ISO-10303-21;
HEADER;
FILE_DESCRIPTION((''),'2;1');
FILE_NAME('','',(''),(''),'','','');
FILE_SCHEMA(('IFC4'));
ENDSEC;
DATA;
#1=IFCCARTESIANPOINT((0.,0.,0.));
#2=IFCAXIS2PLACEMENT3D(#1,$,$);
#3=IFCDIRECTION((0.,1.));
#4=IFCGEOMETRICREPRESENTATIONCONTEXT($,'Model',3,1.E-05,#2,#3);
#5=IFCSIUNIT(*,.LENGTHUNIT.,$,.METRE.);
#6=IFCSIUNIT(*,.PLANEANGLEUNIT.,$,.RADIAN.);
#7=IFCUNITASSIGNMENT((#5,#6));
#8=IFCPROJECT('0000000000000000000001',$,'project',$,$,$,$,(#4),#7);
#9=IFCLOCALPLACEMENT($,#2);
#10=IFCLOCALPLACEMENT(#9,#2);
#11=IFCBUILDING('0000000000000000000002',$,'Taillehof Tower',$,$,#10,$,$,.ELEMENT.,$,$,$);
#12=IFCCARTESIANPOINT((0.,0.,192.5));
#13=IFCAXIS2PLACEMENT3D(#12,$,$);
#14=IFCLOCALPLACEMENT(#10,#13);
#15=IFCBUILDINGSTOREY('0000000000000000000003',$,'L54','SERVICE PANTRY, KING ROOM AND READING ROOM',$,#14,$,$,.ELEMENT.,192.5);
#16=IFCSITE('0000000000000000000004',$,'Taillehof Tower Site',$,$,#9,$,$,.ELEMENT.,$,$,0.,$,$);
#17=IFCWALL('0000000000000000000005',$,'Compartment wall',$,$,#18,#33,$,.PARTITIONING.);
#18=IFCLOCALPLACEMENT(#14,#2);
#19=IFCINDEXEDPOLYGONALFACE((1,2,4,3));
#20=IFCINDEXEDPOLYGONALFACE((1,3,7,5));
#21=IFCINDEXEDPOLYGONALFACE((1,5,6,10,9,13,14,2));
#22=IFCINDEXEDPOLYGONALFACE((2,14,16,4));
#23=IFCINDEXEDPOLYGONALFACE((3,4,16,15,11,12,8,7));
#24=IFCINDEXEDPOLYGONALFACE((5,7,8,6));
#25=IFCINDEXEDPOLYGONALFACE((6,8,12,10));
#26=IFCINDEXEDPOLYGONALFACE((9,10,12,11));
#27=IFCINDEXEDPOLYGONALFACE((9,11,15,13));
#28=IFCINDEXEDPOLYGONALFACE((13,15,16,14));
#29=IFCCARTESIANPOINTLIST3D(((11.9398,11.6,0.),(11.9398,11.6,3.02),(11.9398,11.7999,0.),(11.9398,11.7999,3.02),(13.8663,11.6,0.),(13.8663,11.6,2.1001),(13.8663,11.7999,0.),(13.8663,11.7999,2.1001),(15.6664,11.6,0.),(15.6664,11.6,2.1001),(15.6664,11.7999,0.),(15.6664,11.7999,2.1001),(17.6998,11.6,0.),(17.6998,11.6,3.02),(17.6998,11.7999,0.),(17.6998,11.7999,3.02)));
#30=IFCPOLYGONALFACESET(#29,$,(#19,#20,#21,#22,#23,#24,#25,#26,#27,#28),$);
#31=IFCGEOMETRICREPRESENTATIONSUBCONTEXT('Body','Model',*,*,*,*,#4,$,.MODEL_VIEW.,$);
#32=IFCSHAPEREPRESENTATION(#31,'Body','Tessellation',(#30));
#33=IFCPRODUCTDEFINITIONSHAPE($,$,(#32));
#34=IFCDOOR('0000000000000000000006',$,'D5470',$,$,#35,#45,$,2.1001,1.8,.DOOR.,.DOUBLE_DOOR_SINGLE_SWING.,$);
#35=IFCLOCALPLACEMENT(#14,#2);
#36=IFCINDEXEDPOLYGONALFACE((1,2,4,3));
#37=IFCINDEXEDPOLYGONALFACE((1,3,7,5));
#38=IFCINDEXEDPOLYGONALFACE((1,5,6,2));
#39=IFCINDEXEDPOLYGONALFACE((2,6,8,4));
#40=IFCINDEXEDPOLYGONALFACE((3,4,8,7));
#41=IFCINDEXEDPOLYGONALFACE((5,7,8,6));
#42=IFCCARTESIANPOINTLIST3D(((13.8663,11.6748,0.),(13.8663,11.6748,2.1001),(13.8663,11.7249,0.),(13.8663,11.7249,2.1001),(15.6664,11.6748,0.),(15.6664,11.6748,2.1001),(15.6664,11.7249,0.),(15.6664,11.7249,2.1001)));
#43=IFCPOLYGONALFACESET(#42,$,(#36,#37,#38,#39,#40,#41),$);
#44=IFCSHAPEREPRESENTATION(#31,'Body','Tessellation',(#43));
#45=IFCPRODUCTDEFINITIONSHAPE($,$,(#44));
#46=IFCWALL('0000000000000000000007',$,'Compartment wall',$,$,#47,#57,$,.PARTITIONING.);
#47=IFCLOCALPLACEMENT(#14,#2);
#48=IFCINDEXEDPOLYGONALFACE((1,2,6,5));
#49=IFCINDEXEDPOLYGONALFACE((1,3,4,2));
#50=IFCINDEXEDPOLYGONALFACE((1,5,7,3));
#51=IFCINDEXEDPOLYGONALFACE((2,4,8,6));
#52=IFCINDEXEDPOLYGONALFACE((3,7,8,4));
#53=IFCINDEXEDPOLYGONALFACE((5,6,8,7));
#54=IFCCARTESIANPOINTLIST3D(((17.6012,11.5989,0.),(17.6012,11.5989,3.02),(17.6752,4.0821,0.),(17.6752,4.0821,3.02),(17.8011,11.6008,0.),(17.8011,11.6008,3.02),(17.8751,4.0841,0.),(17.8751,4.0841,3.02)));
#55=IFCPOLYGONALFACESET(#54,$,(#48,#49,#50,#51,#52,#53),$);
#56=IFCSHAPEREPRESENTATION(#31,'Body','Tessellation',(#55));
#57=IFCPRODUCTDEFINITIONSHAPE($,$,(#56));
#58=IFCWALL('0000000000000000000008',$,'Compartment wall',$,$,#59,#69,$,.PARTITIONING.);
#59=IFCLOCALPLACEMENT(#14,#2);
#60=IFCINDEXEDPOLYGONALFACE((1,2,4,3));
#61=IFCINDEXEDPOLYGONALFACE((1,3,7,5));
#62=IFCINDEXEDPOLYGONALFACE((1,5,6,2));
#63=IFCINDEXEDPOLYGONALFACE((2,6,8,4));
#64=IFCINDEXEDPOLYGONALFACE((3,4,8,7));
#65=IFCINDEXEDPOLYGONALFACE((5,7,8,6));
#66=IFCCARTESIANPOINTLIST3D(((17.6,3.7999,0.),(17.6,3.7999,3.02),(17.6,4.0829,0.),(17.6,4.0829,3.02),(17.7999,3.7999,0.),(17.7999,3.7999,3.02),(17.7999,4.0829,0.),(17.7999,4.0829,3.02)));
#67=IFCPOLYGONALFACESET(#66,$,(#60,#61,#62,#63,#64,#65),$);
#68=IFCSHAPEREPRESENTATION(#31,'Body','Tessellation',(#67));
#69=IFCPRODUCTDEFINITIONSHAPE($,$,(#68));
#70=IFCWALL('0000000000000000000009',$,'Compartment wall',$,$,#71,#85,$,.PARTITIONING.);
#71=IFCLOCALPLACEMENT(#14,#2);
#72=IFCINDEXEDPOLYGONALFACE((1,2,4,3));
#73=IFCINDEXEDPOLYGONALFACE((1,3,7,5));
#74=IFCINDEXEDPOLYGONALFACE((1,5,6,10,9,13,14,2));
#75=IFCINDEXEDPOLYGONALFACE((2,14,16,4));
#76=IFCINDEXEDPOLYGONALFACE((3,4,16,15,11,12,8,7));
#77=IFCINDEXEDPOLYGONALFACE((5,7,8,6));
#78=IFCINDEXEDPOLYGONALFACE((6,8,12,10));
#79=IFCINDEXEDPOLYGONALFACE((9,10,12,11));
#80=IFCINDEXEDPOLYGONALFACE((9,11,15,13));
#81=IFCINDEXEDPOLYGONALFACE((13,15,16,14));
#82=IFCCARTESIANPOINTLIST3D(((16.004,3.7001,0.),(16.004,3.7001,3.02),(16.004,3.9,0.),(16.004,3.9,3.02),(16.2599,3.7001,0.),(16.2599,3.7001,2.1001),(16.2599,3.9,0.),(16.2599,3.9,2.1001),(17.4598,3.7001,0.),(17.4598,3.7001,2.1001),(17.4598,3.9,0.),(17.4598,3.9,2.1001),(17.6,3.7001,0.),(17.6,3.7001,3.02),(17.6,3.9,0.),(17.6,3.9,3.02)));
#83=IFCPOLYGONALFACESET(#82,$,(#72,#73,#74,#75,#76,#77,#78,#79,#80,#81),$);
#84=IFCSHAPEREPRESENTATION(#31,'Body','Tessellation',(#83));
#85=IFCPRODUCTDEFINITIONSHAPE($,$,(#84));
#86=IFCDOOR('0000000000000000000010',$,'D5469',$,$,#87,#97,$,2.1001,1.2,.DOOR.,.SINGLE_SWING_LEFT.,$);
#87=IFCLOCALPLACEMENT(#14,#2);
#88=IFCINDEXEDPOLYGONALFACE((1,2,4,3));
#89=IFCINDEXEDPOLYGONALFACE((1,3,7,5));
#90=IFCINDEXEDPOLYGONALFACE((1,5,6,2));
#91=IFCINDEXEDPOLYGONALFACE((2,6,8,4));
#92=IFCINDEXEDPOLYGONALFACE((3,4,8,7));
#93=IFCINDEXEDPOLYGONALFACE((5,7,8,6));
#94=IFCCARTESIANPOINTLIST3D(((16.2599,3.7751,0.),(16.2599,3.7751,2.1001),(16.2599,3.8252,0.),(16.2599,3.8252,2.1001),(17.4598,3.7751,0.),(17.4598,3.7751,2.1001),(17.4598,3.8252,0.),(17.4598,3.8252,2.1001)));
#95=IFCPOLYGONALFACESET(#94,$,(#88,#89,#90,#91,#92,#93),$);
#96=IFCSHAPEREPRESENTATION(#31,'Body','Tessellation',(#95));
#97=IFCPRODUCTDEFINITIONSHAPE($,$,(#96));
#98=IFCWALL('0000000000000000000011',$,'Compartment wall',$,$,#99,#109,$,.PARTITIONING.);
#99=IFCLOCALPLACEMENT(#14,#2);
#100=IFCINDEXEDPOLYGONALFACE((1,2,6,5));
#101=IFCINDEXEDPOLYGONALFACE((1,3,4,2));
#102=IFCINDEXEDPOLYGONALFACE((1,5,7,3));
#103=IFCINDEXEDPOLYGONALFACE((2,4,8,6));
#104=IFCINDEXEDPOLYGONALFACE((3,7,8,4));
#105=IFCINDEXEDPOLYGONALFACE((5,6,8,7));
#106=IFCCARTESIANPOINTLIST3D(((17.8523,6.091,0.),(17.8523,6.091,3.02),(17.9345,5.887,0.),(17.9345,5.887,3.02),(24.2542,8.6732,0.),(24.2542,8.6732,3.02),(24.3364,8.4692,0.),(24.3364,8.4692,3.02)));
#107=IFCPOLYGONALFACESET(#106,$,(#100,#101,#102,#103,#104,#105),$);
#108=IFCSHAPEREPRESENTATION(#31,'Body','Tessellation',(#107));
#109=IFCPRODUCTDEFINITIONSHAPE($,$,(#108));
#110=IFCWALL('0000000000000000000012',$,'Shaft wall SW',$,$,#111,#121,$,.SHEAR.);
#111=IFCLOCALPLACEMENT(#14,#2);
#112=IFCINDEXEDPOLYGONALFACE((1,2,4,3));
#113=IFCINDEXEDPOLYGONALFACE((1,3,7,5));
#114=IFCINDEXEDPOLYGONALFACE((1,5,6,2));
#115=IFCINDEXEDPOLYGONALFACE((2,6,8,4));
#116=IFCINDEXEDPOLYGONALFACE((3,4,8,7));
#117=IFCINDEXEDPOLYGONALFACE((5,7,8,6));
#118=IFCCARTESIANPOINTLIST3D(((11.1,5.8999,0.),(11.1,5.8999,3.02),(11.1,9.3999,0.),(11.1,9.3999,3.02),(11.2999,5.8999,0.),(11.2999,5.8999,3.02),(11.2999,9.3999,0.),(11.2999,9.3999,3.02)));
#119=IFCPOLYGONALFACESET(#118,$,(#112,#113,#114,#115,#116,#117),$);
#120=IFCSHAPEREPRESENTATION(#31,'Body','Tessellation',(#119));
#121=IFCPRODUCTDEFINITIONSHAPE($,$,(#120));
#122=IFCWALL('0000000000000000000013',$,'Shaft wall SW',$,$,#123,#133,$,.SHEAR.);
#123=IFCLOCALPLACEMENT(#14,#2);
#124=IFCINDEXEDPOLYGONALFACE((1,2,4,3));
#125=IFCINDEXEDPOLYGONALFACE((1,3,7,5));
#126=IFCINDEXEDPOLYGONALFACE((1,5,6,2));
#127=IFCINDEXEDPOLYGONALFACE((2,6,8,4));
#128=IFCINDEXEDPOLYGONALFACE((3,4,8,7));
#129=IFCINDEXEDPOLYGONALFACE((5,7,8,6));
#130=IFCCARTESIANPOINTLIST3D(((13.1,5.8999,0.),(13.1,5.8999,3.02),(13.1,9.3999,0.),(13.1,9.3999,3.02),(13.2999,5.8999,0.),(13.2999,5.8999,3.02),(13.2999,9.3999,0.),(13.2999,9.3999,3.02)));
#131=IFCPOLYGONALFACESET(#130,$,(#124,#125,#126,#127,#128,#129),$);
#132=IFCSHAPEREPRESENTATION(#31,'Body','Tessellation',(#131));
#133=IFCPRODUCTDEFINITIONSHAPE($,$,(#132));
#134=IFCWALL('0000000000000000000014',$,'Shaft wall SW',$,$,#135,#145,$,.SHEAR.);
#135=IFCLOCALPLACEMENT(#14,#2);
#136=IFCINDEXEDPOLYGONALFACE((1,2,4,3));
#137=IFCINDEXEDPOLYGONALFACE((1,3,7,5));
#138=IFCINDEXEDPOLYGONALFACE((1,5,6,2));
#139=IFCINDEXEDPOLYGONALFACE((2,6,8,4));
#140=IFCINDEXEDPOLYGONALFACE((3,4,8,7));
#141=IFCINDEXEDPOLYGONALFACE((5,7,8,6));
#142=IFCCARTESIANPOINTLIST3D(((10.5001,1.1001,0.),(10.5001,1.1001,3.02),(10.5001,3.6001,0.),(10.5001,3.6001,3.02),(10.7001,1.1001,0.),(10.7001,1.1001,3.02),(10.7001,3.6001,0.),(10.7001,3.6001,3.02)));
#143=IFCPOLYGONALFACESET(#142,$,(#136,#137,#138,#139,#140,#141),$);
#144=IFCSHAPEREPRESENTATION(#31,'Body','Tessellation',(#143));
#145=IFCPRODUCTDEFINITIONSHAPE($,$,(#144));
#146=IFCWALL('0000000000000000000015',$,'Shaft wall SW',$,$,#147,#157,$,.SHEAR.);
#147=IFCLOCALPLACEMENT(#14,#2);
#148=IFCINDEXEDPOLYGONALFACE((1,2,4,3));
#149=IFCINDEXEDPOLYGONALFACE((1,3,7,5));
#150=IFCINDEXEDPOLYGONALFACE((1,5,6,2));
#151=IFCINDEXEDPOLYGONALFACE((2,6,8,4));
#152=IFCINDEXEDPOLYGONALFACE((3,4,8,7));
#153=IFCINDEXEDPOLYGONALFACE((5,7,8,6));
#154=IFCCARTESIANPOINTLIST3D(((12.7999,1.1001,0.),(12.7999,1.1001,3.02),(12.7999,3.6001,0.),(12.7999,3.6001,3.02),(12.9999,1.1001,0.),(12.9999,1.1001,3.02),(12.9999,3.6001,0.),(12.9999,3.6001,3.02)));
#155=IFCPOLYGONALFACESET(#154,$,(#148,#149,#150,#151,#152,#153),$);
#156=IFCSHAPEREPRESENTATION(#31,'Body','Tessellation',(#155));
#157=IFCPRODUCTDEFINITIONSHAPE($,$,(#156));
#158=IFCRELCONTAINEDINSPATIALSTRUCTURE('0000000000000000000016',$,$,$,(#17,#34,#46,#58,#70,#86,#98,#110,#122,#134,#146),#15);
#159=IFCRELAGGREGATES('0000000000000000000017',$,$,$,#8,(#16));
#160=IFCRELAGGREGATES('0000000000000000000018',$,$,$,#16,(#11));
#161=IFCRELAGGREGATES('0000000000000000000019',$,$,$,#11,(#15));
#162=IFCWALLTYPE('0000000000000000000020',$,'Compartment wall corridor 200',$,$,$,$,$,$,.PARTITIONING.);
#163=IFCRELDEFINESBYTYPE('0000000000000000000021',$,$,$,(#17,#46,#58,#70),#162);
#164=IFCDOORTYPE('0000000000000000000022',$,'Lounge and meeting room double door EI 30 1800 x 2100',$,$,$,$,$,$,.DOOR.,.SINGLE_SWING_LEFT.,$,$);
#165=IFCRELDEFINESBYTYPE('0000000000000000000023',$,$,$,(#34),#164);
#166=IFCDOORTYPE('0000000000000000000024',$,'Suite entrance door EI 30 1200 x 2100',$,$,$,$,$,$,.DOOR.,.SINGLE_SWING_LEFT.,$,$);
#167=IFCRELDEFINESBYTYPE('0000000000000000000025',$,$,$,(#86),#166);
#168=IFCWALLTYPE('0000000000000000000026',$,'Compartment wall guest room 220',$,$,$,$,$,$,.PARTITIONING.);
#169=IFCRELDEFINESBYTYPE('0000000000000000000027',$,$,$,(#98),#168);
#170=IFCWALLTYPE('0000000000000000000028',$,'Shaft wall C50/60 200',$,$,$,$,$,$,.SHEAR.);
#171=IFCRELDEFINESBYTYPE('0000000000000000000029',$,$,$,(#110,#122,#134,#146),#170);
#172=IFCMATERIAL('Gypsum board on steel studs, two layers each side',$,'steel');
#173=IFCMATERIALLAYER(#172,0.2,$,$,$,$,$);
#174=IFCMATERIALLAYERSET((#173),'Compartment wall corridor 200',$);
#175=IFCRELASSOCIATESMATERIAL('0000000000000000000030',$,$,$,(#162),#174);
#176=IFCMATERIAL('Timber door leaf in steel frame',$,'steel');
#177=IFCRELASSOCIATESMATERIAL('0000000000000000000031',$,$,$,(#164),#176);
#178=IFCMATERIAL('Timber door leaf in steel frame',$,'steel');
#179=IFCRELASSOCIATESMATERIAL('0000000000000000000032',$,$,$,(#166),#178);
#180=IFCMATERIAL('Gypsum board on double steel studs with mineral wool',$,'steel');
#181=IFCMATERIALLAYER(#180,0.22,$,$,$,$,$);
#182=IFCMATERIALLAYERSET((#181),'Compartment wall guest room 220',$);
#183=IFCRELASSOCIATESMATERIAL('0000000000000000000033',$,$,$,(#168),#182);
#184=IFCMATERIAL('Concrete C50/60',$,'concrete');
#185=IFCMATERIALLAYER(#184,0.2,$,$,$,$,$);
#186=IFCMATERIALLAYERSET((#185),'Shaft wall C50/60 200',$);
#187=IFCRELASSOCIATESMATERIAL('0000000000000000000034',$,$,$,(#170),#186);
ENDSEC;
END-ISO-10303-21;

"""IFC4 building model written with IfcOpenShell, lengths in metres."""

from ifc_helpers import new_model, si_unit, direction, frame, frame_2d, origin, place, context, subcontext, project, spatial, rectangle, extrude, material, layer, layer_set, type_object, element, fill, save


model = new_model("IFC4")

# Units and contexts
model_context = context("Model", 3, precision=1e-05, world=origin(), true_north=direction((0.0, 1.0)))
body_context = subcontext(model_context, "Body", "Model", "MODEL_VIEW")
ifc_project = project(units=[si_unit("LENGTHUNIT", "METRE"), si_unit("PLANEANGLEUNIT", "RADIAN")], contexts=[model_context])

# Site, building, storey
site_placement = place(None, origin())
site = spatial("IfcSite", under=ifc_project, at=site_placement, Name="Taillehof Tower Site", CompositionType="ELEMENT", RefElevation=0.0)
building_placement = place(site_placement, origin())
building = spatial("IfcBuilding", under=site, at=building_placement, Name="Taillehof Tower", CompositionType="ELEMENT")
storey_placement = place(building_placement, frame((0.0, 0.0, 192.5)))
storey = spatial("IfcBuildingStorey", under=building, at=storey_placement, Name="L54", Description="SERVICE PANTRY, KING ROOM AND READING ROOM", CompositionType="ELEMENT", Elevation=192.5)

# Wall, opening, door
ifc_material_1 = material(Name="Gypsum board on steel studs, two layers each side", Category="steel")
ifc_layer_1 = layer(ifc_material_1, 0.2)
ifc_layer_set_1 = layer_set([ifc_layer_1], Name="Compartment wall corridor 200")
wall_type_1 = type_object("IfcWallType", Name="Compartment wall corridor 200", PredefinedType="PARTITIONING", material=ifc_layer_set_1)
wall_1_placement = place(storey_placement, frame((11.9399, 11.7, 0.0), z_axis=(0.0, 0.0, 1.0), x_axis=(1.0, 0.0, 0.0)))
wall_1 = element("IfcWall", 1, at=wall_1_placement, inside=storey, type_object=wall_type_1, Name="Compartment wall", PredefinedType="PARTITIONING", context=body_context, shape_type="SweptSolid", body=[
    extrude(rectangle(XDim=5.76, YDim=0.2, at=frame_2d((2.8799, 0.0))), origin(), (0.0, 0.0, 1.0), 3.02),
])
opening_1_placement = place(wall_1_placement, frame((1.9265, 0.0, 0.0)))
opening_1 = element("IfcOpeningElement", 2, at=opening_1_placement, cuts=wall_1, PredefinedType="OPENING", context=body_context, shape_type="SweptSolid", body=[
    extrude(rectangle(XDim=1.8, YDim=2.1001, at=frame_2d((0.8999, 1.05))), frame((0.0, 0.1099, 0.0), z_axis=(0.0, -1.0, 0.0), x_axis=(1.0, 0.0, 0.0)), (0.0, 0.0, 1.0), 0.22),
])
ifc_material_2 = material(Name="Timber door leaf in steel frame", Category="steel")
door_type_1 = type_object("IfcDoorType", Name="Lounge and meeting room double door EI 30 1800 x 2100", OperationType="SINGLE_SWING_LEFT", PredefinedType="DOOR", material=ifc_material_2)
door_1_placement = place(opening_1_placement, origin())
door_1 = element("IfcDoor", 3, at=door_1_placement, inside=storey, type_object=door_type_1, Name="D5470", OperationType="DOUBLE_DOOR_SINGLE_SWING", OverallHeight=2.1001, OverallWidth=1.8, PredefinedType="DOOR", context=body_context, shape_type="SweptSolid", body=[
    extrude(rectangle(XDim=1.8, YDim=2.1001, at=frame_2d((0.8999, 1.05))), frame((0.0, 0.0249, 0.0), z_axis=(0.0, -1.0, 0.0), x_axis=(1.0, 0.0, 0.0)), (0.0, 0.0, 1.0), 0.05),
])
fill(opening_1, door_1)

# Walls
wall_2_placement = place(storey_placement, frame((17.7012, 11.5999, 0.0), z_axis=(0.0, 0.0, 1.0), x_axis=(0.009841, -0.999952, 0.0)))
element("IfcWall", 4, at=wall_2_placement, inside=storey, type_object=wall_type_1, Name="Compartment wall", PredefinedType="PARTITIONING", context=body_context, shape_type="SweptSolid", body=[
    extrude(rectangle(XDim=7.5171, YDim=0.2, at=frame_2d((3.7585, 0.0))), origin(), (0.0, 0.0, 1.0), 3.02),
])
wall_3_placement = place(storey_placement, frame((17.7, 4.083, 0.0), z_axis=(0.0, 0.0, 1.0), x_axis=(0.0, -1.0, 0.0)))
element("IfcWall", 5, at=wall_3_placement, inside=storey, type_object=wall_type_1, Name="Compartment wall", PredefinedType="PARTITIONING", context=body_context, shape_type="SweptSolid", body=[
    extrude(rectangle(XDim=0.283, YDim=0.2, at=frame_2d((0.1416, 0.0))), origin(), (0.0, 0.0, 1.0), 3.02),
])

# Wall, opening, door
wall_4_placement = place(storey_placement, frame((17.5999, 3.8, 0.0), z_axis=(0.0, 0.0, 1.0), x_axis=(-1.0, 0.0, 0.0)))
wall_4 = element("IfcWall", 6, at=wall_4_placement, inside=storey, type_object=wall_type_1, Name="Compartment wall", PredefinedType="PARTITIONING", context=body_context, shape_type="SweptSolid", body=[
    extrude(rectangle(XDim=1.5959, YDim=0.2, at=frame_2d((0.7979, 0.0))), origin(), (0.0, 0.0, 1.0), 3.02),
])
opening_2_placement = place(wall_4_placement, frame((0.1399, 0.0, 0.0)))
opening_2 = element("IfcOpeningElement", 7, at=opening_2_placement, cuts=wall_4, PredefinedType="OPENING", context=body_context, shape_type="SweptSolid", body=[
    extrude(rectangle(XDim=1.2, YDim=2.1001, at=frame_2d((0.6001, 1.05))), frame((0.0, 0.1099, 0.0), z_axis=(0.0, -1.0, 0.0), x_axis=(1.0, 0.0, 0.0)), (0.0, 0.0, 1.0), 0.22),
])
ifc_material_3 = material(Name="Timber door leaf in steel frame", Category="steel")
door_type_2 = type_object("IfcDoorType", Name="Suite entrance door EI 30 1200 x 2100", OperationType="SINGLE_SWING_LEFT", PredefinedType="DOOR", material=ifc_material_3)
door_2_placement = place(opening_2_placement, origin())
door_2 = element("IfcDoor", 8, at=door_2_placement, inside=storey, type_object=door_type_2, Name="D5469", OperationType="SINGLE_SWING_LEFT", OverallHeight=2.1001, OverallWidth=1.2, PredefinedType="DOOR", context=body_context, shape_type="SweptSolid", body=[
    extrude(rectangle(XDim=1.2, YDim=2.1001, at=frame_2d((0.6001, 1.05))), frame((0.0, 0.0249, 0.0), z_axis=(0.0, -1.0, 0.0), x_axis=(1.0, 0.0, 0.0)), (0.0, 0.0, 1.0), 0.05),
])
fill(opening_2, door_2)

# Walls
ifc_material_4 = material(Name="Gypsum board on double steel studs with mineral wool", Category="steel")
ifc_layer_2 = layer(ifc_material_4, 0.22)
ifc_layer_set_2 = layer_set([ifc_layer_2], Name="Compartment wall guest room 220")
wall_type_2 = type_object("IfcWallType", Name="Compartment wall guest room 220", PredefinedType="PARTITIONING", material=ifc_layer_set_2)
wall_5_placement = place(storey_placement, frame((24.2954, 8.5713, 0.0), z_axis=(0.0, 0.0, 1.0), x_axis=(-0.927397, -0.374078, 0.0)))
element("IfcWall", 9, at=wall_5_placement, inside=storey, type_object=wall_type_2, Name="Compartment wall", PredefinedType="PARTITIONING", context=body_context, shape_type="SweptSolid", body=[
    extrude(rectangle(XDim=6.9031, YDim=0.22, at=frame_2d((3.4517, 0.0))), origin(), (0.0, 0.0, 1.0), 3.02),
])
ifc_material_5 = material(Name="Concrete C50/60", Category="concrete")
ifc_layer_3 = layer(ifc_material_5, 0.2)
ifc_layer_set_3 = layer_set([ifc_layer_3], Name="Shaft wall C50/60 200")
wall_type_3 = type_object("IfcWallType", Name="Shaft wall C50/60 200", PredefinedType="SHEAR", material=ifc_layer_set_3)
for number, where, z_axis, x_axis, name in (
    (10, (11.2, 5.8999, 0.0), (0.0, 0.0, 1.0), (0.0, 1.0, 0.0), "Shaft wall SW"),
    (11, (13.2, 5.8999, 0.0), (0.0, 0.0, 1.0), (0.0, 1.0, 0.0), "Shaft wall SW"),
):
    element("IfcWall", number, at=place(storey_placement, frame(where, z_axis=z_axis, x_axis=x_axis)), inside=storey, type_object=wall_type_3, Name=name, PredefinedType="SHEAR", context=body_context, shape_type="SweptSolid", body=[
        extrude(rectangle(XDim=3.5, YDim=0.2, at=frame_2d((1.75, 0.0))), origin(), (0.0, 0.0, 1.0), 3.02),
    ])
for number, where, z_axis, x_axis, name in (
    (12, (10.6001, 1.1001, 0.0), (0.0, 0.0, 1.0), (0.0, 1.0, 0.0), "Shaft wall SW"),
    (13, (12.8999, 1.1001, 0.0), (0.0, 0.0, 1.0), (0.0, 1.0, 0.0), "Shaft wall SW"),
):
    element("IfcWall", number, at=place(storey_placement, frame(where, z_axis=z_axis, x_axis=x_axis)), inside=storey, type_object=wall_type_3, Name=name, PredefinedType="SHEAR", context=body_context, shape_type="SweptSolid", body=[
        extrude(rectangle(XDim=2.5, YDim=0.2, at=frame_2d((1.25, 0.0))), origin(), (0.0, 0.0, 1.0), 3.02),
    ])

save(model, "model.ifc")
